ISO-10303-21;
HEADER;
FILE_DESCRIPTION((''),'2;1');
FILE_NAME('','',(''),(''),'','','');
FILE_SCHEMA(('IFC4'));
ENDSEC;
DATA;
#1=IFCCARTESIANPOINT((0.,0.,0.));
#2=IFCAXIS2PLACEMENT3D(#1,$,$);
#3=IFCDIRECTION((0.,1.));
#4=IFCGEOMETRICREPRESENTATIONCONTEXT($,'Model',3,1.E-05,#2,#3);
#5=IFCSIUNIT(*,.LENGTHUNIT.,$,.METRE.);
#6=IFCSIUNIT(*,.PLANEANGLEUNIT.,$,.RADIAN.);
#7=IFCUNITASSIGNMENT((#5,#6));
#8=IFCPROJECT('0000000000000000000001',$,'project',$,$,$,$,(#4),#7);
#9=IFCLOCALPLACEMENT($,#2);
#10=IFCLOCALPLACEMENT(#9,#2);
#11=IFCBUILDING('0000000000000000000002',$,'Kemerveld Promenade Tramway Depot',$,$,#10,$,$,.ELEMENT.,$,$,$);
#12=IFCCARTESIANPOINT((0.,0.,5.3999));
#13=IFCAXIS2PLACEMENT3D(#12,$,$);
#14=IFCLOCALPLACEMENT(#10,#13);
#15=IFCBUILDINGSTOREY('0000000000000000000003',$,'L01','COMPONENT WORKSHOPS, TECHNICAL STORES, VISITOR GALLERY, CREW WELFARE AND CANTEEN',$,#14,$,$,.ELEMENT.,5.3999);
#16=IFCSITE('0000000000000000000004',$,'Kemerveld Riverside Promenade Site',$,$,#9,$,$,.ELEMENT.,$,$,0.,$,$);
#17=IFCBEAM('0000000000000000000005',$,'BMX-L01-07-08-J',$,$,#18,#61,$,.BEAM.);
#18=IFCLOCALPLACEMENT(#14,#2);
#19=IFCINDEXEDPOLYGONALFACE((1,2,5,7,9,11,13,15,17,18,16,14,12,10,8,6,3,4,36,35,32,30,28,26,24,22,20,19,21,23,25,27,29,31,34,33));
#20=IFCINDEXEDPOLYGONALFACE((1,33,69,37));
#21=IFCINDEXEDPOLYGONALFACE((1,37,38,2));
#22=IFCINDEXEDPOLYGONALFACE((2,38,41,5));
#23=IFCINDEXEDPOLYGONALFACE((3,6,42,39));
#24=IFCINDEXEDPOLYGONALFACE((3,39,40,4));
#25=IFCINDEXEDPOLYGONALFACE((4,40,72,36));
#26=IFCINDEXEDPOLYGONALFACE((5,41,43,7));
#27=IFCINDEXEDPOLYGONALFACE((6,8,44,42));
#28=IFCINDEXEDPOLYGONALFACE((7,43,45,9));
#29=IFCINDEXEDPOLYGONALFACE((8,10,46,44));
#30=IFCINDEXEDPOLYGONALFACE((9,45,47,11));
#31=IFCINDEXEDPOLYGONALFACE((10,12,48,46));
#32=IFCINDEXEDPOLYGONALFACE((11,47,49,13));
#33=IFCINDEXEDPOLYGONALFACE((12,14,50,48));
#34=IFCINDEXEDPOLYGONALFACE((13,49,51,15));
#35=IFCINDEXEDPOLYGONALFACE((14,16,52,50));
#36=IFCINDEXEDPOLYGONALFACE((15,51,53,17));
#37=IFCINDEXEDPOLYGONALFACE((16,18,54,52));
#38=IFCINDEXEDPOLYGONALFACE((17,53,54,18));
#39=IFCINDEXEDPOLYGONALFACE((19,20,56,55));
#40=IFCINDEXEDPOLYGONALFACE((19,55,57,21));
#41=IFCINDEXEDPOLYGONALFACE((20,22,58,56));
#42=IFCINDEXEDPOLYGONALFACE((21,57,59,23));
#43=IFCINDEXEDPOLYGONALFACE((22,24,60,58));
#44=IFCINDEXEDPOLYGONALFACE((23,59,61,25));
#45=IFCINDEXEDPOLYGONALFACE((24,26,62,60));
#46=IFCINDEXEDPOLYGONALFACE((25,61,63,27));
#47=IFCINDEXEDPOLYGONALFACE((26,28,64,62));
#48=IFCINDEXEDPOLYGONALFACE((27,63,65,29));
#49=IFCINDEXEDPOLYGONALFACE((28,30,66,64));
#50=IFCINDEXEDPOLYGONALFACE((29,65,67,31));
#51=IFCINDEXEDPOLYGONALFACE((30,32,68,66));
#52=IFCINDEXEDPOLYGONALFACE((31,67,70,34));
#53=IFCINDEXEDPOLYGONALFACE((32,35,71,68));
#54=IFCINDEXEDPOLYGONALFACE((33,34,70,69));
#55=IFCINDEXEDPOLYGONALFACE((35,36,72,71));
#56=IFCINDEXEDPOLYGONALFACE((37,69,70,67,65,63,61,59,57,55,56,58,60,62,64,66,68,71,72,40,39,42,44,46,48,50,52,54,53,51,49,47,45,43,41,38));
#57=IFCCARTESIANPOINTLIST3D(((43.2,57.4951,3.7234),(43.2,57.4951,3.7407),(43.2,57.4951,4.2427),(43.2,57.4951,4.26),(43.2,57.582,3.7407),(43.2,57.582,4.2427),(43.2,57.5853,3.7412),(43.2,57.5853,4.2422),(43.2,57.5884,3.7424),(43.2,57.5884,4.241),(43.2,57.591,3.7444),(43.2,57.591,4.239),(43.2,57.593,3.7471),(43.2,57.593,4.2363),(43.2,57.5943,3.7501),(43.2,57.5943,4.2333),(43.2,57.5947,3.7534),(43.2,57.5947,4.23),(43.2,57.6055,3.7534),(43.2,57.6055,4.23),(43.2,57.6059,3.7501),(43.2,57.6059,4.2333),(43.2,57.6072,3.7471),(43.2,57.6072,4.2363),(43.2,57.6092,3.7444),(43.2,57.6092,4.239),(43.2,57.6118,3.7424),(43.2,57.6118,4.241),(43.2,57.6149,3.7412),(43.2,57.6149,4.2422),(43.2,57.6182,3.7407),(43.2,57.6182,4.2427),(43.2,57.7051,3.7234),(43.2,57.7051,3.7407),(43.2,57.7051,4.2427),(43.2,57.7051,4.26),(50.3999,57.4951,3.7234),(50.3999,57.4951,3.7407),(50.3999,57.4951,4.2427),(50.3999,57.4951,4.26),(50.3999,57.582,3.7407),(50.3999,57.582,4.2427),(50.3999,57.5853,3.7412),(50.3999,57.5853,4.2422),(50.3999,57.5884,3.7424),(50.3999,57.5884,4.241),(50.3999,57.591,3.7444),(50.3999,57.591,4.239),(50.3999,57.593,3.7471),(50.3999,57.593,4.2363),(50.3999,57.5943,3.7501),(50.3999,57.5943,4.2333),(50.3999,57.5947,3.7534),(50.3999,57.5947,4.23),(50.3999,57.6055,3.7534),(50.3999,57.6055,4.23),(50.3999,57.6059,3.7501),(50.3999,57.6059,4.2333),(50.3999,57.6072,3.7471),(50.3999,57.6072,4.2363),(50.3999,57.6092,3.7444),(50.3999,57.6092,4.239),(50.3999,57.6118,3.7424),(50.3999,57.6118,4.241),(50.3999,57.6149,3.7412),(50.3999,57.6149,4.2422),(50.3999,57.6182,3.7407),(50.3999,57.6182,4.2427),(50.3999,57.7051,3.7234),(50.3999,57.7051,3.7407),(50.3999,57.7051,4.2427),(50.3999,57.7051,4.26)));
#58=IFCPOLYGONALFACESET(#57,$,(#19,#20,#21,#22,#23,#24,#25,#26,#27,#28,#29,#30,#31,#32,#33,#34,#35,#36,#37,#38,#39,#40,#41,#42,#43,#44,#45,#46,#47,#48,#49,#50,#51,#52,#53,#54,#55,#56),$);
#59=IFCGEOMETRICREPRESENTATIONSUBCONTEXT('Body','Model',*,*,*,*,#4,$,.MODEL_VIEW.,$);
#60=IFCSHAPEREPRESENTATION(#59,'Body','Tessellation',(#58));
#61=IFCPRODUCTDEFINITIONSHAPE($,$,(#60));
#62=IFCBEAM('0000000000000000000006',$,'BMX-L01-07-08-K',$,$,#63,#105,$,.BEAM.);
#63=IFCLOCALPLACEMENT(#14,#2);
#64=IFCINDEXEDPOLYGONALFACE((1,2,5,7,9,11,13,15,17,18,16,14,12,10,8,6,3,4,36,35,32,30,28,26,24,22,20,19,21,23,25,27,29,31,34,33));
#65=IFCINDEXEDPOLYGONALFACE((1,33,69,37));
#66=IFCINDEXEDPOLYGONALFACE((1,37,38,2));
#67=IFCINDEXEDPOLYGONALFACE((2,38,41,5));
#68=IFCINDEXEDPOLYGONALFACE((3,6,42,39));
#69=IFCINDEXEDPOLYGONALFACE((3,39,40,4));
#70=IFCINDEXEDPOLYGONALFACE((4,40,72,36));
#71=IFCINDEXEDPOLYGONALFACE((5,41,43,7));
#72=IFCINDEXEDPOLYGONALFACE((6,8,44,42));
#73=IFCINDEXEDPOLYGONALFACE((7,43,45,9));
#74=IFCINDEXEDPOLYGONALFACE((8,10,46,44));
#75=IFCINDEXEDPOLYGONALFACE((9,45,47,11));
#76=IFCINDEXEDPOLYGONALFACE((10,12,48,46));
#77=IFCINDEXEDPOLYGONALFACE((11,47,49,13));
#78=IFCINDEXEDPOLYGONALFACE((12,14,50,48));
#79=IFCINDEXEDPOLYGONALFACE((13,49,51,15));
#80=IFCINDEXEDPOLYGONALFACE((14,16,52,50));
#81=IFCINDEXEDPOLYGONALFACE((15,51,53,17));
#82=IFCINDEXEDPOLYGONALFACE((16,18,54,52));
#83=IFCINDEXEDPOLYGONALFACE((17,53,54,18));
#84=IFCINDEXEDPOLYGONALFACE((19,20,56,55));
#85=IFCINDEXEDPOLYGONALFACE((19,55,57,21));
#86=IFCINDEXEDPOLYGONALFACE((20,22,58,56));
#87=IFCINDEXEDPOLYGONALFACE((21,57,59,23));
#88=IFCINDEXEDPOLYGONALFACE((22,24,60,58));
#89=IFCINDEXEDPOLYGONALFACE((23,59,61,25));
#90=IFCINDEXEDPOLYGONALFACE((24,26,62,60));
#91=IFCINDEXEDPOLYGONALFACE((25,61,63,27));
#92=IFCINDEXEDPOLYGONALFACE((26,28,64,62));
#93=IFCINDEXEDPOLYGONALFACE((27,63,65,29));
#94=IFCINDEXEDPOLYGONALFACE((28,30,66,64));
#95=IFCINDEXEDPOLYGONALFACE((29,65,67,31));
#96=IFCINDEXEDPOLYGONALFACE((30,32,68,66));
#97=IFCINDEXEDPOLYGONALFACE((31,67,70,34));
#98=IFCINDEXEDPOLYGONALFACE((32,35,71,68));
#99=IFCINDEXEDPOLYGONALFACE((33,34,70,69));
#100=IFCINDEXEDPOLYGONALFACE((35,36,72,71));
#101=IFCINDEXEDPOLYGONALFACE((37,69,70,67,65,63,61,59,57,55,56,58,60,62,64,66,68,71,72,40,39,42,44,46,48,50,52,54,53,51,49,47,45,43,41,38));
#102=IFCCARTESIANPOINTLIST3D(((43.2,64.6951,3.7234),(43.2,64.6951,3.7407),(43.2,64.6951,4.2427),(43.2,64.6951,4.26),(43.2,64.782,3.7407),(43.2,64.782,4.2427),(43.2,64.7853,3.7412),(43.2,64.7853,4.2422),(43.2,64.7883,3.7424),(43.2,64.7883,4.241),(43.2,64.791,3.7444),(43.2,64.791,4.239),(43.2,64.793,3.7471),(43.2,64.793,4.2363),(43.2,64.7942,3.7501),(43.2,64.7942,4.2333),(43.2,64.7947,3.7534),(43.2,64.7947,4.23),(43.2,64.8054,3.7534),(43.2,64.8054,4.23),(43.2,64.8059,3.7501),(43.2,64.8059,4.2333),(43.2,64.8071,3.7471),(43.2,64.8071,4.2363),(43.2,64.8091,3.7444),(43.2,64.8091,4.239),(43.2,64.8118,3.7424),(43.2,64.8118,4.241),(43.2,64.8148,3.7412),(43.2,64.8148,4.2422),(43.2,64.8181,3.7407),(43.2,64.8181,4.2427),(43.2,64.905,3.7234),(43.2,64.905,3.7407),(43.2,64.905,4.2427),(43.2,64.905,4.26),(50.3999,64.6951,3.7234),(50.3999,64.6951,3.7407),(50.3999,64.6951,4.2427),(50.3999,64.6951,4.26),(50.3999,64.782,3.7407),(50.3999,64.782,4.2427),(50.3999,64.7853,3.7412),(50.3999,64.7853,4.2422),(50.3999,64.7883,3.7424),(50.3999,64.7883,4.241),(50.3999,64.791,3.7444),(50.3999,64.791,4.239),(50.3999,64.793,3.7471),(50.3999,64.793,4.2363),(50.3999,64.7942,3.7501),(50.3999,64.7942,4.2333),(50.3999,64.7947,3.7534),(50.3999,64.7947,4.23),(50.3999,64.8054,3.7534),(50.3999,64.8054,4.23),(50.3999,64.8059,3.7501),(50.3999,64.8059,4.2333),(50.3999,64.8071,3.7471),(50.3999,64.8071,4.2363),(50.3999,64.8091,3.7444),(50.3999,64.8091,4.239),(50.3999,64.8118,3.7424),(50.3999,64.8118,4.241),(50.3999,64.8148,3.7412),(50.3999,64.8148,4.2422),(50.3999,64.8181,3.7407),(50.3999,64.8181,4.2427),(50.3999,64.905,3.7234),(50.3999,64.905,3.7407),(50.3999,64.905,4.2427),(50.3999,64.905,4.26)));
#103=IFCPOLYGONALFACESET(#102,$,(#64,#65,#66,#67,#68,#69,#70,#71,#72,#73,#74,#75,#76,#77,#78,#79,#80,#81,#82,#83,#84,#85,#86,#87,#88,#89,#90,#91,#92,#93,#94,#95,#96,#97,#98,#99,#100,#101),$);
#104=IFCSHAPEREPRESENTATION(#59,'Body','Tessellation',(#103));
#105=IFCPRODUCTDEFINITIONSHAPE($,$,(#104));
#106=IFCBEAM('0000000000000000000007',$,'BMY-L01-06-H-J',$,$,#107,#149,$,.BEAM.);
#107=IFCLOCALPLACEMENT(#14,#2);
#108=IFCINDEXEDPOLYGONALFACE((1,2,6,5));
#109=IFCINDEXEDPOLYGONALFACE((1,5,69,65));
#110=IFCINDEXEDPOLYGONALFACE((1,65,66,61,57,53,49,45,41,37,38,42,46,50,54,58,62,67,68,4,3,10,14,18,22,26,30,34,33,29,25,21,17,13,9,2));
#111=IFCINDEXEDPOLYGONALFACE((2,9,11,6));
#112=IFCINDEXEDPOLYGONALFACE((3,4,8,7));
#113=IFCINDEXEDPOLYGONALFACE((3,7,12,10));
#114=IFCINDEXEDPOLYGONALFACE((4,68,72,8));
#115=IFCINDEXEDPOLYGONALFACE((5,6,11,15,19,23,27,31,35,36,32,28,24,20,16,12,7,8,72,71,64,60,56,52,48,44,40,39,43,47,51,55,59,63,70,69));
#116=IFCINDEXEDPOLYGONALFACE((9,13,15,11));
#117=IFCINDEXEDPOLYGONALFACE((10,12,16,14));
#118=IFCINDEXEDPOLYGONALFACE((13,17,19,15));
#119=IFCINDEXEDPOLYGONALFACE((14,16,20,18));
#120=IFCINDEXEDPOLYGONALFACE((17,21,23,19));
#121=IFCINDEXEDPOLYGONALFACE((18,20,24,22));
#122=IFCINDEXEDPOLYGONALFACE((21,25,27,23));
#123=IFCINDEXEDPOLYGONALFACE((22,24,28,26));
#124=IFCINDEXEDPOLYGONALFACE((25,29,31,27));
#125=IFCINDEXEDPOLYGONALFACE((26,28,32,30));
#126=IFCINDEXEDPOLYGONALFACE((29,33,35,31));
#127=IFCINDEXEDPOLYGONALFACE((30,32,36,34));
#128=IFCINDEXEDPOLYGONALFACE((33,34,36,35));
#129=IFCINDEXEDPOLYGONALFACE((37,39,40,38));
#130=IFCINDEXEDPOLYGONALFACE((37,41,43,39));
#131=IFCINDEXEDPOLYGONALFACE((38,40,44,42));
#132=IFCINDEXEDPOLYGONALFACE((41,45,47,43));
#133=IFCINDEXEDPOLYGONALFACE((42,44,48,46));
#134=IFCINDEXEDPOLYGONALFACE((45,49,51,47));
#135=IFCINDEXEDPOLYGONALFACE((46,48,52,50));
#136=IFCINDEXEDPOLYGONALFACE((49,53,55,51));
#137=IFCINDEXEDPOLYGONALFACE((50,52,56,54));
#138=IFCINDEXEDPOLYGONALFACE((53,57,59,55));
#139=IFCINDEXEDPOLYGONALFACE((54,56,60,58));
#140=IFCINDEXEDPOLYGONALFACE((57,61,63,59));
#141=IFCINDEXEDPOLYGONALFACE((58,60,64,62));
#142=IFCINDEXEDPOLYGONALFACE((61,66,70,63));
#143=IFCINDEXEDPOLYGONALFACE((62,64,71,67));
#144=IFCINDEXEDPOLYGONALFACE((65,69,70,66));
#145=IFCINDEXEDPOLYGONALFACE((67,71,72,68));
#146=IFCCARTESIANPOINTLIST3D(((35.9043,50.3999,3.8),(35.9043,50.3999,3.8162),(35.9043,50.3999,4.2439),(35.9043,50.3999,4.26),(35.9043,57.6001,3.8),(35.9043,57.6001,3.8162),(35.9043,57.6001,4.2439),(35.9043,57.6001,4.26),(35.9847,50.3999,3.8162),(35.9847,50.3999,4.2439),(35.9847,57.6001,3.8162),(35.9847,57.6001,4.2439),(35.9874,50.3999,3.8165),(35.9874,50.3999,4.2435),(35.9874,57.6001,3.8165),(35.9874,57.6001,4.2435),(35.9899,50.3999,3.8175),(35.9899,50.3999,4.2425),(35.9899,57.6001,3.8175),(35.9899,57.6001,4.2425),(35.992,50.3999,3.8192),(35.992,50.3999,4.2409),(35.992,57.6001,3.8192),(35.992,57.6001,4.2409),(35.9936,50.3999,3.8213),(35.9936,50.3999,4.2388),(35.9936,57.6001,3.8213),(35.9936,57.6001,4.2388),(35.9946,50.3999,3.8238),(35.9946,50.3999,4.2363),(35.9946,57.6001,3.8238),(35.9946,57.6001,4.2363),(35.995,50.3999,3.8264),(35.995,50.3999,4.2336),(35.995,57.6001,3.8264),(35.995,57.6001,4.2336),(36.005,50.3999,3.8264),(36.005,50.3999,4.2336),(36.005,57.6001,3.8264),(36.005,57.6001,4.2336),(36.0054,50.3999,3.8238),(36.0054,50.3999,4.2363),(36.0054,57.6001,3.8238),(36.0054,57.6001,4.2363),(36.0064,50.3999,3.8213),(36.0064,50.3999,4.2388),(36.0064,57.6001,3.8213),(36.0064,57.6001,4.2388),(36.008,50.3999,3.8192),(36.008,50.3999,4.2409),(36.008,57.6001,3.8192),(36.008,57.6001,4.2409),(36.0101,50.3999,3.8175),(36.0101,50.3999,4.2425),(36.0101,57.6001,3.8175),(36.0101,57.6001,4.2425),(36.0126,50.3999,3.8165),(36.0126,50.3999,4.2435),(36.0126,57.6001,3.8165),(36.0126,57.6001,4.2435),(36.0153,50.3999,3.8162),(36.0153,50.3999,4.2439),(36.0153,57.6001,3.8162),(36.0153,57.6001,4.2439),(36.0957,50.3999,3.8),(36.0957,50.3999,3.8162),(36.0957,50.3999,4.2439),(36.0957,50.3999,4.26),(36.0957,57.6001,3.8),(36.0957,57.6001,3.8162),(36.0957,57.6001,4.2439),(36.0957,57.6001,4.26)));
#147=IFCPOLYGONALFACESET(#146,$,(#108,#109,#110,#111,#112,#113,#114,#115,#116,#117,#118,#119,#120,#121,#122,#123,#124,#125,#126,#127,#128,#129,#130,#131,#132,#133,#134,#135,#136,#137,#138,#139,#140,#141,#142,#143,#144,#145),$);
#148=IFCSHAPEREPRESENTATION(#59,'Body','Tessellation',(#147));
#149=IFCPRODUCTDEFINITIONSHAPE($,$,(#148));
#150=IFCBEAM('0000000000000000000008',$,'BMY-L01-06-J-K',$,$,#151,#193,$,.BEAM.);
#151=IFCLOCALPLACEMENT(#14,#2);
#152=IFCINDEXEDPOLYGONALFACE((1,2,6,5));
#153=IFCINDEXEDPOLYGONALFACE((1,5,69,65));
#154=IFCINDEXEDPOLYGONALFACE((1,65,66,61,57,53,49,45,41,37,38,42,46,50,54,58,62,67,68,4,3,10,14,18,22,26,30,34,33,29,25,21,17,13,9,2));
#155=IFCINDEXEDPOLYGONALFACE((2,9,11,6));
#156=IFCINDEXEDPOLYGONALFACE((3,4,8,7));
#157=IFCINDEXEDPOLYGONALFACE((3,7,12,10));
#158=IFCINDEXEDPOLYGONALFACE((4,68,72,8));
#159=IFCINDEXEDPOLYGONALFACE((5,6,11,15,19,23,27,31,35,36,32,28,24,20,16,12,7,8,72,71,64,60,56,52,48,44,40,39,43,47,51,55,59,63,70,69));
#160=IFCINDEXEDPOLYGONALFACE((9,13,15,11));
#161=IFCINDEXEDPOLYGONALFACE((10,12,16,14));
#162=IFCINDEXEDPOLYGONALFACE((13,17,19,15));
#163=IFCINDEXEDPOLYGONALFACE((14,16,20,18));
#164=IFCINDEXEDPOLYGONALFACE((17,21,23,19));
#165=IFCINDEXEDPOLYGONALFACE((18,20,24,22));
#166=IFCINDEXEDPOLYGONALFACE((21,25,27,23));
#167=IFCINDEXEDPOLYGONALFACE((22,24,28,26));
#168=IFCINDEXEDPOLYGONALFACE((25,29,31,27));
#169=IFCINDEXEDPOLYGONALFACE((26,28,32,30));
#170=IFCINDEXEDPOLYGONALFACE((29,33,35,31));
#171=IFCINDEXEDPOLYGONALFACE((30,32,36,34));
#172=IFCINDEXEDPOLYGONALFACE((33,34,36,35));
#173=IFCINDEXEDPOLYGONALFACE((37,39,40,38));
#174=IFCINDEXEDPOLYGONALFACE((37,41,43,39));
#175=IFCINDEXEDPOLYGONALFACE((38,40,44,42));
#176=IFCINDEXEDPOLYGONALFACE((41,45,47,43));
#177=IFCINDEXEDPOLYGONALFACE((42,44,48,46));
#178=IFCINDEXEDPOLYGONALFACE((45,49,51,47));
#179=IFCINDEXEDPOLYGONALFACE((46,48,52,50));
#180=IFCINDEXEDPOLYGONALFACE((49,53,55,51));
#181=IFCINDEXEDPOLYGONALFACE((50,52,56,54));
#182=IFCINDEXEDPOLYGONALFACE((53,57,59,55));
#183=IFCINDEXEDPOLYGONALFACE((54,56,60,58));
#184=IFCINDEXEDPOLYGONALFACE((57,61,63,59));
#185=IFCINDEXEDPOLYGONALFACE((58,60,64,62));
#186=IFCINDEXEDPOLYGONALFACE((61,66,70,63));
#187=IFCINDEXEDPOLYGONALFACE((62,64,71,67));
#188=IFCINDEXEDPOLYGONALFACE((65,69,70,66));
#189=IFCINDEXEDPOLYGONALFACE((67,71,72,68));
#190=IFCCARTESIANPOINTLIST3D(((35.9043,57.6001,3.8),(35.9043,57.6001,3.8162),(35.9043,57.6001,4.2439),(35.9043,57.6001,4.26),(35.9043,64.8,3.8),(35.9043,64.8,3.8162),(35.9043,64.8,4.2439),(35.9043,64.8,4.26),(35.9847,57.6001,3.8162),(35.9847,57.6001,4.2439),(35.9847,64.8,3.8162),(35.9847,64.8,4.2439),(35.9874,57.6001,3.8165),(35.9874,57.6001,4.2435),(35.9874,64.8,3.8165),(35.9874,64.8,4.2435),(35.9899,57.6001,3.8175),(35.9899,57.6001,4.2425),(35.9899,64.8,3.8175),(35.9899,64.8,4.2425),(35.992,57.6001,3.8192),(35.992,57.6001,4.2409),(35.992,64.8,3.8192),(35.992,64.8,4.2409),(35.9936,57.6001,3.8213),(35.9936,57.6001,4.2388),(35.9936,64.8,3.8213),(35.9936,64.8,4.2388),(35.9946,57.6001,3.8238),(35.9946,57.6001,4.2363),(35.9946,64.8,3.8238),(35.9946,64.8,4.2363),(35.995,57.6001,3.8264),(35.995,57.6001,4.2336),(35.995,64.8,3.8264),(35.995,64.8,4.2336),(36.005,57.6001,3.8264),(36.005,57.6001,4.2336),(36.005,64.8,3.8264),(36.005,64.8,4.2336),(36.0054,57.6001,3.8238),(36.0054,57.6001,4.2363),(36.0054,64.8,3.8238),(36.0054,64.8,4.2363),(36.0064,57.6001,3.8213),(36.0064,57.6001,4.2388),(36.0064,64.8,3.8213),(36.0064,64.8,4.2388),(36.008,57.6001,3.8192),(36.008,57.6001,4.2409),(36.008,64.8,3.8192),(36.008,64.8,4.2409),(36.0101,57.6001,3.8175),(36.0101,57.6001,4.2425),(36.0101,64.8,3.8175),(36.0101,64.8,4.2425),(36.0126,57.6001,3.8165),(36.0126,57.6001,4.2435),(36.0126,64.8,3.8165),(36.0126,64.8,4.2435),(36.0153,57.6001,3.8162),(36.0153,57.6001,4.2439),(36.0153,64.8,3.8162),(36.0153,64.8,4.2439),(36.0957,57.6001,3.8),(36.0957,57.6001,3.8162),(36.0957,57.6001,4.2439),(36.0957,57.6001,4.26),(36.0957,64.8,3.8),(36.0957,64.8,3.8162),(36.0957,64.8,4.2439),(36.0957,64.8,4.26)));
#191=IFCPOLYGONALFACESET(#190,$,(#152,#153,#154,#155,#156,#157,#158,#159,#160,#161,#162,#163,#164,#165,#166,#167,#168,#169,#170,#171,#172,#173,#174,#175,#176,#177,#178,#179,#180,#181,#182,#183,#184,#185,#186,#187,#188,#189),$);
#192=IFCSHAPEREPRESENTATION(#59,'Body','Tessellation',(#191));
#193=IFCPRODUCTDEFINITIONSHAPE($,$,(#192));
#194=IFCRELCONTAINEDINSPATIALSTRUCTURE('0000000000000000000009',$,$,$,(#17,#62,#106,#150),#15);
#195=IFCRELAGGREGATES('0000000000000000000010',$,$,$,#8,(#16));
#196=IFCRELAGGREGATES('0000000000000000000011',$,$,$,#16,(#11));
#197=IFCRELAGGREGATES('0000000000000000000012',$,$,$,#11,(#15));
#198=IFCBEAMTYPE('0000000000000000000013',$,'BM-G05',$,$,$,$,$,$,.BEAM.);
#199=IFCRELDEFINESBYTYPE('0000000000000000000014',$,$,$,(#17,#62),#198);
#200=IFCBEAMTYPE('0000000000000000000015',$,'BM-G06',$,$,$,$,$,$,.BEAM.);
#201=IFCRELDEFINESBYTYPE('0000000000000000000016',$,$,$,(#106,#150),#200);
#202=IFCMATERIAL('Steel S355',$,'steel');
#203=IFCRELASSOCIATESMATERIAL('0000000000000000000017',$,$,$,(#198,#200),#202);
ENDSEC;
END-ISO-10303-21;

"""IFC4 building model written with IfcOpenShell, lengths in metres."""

from ifc_helpers import new_model, si_unit, direction, frame, origin, origin_2d, place, context, subcontext, project, spatial, i_section, extrude, material, material_profile, profile_set, type_object, element, save


model = new_model("IFC4")

# Units and contexts
model_context = context("Model", 3, precision=1e-05, world=origin(), true_north=direction((0.0, 1.0)))
body_context = subcontext(model_context, "Body", "Model", "MODEL_VIEW")
ifc_project = project(units=[si_unit("LENGTHUNIT", "METRE"), si_unit("PLANEANGLEUNIT", "RADIAN")], contexts=[model_context])

# Site, building, storey
site_placement = place(None, origin())
site = spatial("IfcSite", under=ifc_project, at=site_placement, Name="Kemerveld Riverside Promenade Site", CompositionType="ELEMENT", RefElevation=0.0)
building_placement = place(site_placement, origin())
building = spatial("IfcBuilding", under=site, at=building_placement, Name="Kemerveld Promenade Tramway Depot", CompositionType="ELEMENT")
storey_placement = place(building_placement, frame((0.0, 0.0, 5.3999)))
storey = spatial("IfcBuildingStorey", under=building, at=storey_placement, Name="L01", Description="COMPONENT WORKSHOPS, TECHNICAL STORES, VISITOR GALLERY, CREW WELFARE AND CANTEEN", CompositionType="ELEMENT", Elevation=5.3999)

# Shared definitions
ifc_material_1 = material(Name="Steel S355", Category="steel")

# Beams
ifc_material_profile_1 = material_profile(ifc_material_1, i_section(OverallWidth=0.21, OverallDepth=0.5366, WebThickness=0.0107, FlangeThickness=0.0173, FilletRadius=0.0127, at=origin_2d()), Name="533x210x101 UB")
ifc_profile_set_1 = profile_set([ifc_material_profile_1], Name="Steel S355")
beam_type_1 = type_object("IfcBeamType", Name="BM-G05", PredefinedType="BEAM", material=ifc_profile_set_1)
for number, where, z_axis, x_axis, name in (
    (1, (43.2, 57.6001, 3.9917), (1.0, 0.0, 0.0), (0.0, 1.0, 0.0), "BMX-L01-07-08-J"),
    (2, (43.2, 64.8, 3.9917), (1.0, 0.0, 0.0), (0.0, 1.0, 0.0), "BMX-L01-07-08-K"),
):
    element("IfcBeam", number, at=place(storey_placement, frame(where, z_axis=z_axis, x_axis=x_axis)), inside=storey, type_object=beam_type_1, Name=name, PredefinedType="BEAM", context=body_context, shape_type="SweptSolid", body=[
        extrude(i_section(OverallWidth=0.21, OverallDepth=0.5366, WebThickness=0.0107, FlangeThickness=0.0173, FilletRadius=0.0127, at=origin_2d()), origin(), (0.0, 0.0, 1.0), 7.2),
    ])
ifc_material_profile_2 = material_profile(ifc_material_1, i_section(OverallWidth=0.1914, OverallDepth=0.46, WebThickness=0.01, FlangeThickness=0.0161, FilletRadius=0.0103, at=origin_2d()), Name="457x191x82 UB")
ifc_profile_set_2 = profile_set([ifc_material_profile_2], Name="Steel S355")
beam_type_2 = type_object("IfcBeamType", Name="BM-G06", PredefinedType="BEAM", material=ifc_profile_set_2)
beam_1_placement = place(storey_placement, frame((36.0, 50.3999, 4.03), z_axis=(0.0, 1.0, 0.0), x_axis=(-1.0, 0.0, 0.0)))
element("IfcBeam", 3, at=beam_1_placement, inside=storey, type_object=beam_type_2, Name="BMY-L01-06-H-J", PredefinedType="BEAM", context=body_context, shape_type="SweptSolid", body=[
    extrude(i_section(OverallWidth=0.1914, OverallDepth=0.46, WebThickness=0.01, FlangeThickness=0.0161, FilletRadius=0.0103, at=origin_2d()), origin(), (0.0, 0.0, 1.0), 7.2002),
])
for number, where, z_axis, x_axis, name in (
    (4, (36.0, 57.6001, 4.03), (0.0, 1.0, 0.0), (-1.0, 0.0, 0.0), "BMY-L01-06-J-K"),
):
    element("IfcBeam", number, at=place(storey_placement, frame(where, z_axis=z_axis, x_axis=x_axis)), inside=storey, type_object=beam_type_2, Name=name, PredefinedType="BEAM", context=body_context, shape_type="SweptSolid", body=[
        extrude(i_section(OverallWidth=0.1914, OverallDepth=0.46, WebThickness=0.01, FlangeThickness=0.0161, FilletRadius=0.0103, at=origin_2d()), origin(), (0.0, 0.0, 1.0), 7.2),
    ])

save(model, "model.ifc")
